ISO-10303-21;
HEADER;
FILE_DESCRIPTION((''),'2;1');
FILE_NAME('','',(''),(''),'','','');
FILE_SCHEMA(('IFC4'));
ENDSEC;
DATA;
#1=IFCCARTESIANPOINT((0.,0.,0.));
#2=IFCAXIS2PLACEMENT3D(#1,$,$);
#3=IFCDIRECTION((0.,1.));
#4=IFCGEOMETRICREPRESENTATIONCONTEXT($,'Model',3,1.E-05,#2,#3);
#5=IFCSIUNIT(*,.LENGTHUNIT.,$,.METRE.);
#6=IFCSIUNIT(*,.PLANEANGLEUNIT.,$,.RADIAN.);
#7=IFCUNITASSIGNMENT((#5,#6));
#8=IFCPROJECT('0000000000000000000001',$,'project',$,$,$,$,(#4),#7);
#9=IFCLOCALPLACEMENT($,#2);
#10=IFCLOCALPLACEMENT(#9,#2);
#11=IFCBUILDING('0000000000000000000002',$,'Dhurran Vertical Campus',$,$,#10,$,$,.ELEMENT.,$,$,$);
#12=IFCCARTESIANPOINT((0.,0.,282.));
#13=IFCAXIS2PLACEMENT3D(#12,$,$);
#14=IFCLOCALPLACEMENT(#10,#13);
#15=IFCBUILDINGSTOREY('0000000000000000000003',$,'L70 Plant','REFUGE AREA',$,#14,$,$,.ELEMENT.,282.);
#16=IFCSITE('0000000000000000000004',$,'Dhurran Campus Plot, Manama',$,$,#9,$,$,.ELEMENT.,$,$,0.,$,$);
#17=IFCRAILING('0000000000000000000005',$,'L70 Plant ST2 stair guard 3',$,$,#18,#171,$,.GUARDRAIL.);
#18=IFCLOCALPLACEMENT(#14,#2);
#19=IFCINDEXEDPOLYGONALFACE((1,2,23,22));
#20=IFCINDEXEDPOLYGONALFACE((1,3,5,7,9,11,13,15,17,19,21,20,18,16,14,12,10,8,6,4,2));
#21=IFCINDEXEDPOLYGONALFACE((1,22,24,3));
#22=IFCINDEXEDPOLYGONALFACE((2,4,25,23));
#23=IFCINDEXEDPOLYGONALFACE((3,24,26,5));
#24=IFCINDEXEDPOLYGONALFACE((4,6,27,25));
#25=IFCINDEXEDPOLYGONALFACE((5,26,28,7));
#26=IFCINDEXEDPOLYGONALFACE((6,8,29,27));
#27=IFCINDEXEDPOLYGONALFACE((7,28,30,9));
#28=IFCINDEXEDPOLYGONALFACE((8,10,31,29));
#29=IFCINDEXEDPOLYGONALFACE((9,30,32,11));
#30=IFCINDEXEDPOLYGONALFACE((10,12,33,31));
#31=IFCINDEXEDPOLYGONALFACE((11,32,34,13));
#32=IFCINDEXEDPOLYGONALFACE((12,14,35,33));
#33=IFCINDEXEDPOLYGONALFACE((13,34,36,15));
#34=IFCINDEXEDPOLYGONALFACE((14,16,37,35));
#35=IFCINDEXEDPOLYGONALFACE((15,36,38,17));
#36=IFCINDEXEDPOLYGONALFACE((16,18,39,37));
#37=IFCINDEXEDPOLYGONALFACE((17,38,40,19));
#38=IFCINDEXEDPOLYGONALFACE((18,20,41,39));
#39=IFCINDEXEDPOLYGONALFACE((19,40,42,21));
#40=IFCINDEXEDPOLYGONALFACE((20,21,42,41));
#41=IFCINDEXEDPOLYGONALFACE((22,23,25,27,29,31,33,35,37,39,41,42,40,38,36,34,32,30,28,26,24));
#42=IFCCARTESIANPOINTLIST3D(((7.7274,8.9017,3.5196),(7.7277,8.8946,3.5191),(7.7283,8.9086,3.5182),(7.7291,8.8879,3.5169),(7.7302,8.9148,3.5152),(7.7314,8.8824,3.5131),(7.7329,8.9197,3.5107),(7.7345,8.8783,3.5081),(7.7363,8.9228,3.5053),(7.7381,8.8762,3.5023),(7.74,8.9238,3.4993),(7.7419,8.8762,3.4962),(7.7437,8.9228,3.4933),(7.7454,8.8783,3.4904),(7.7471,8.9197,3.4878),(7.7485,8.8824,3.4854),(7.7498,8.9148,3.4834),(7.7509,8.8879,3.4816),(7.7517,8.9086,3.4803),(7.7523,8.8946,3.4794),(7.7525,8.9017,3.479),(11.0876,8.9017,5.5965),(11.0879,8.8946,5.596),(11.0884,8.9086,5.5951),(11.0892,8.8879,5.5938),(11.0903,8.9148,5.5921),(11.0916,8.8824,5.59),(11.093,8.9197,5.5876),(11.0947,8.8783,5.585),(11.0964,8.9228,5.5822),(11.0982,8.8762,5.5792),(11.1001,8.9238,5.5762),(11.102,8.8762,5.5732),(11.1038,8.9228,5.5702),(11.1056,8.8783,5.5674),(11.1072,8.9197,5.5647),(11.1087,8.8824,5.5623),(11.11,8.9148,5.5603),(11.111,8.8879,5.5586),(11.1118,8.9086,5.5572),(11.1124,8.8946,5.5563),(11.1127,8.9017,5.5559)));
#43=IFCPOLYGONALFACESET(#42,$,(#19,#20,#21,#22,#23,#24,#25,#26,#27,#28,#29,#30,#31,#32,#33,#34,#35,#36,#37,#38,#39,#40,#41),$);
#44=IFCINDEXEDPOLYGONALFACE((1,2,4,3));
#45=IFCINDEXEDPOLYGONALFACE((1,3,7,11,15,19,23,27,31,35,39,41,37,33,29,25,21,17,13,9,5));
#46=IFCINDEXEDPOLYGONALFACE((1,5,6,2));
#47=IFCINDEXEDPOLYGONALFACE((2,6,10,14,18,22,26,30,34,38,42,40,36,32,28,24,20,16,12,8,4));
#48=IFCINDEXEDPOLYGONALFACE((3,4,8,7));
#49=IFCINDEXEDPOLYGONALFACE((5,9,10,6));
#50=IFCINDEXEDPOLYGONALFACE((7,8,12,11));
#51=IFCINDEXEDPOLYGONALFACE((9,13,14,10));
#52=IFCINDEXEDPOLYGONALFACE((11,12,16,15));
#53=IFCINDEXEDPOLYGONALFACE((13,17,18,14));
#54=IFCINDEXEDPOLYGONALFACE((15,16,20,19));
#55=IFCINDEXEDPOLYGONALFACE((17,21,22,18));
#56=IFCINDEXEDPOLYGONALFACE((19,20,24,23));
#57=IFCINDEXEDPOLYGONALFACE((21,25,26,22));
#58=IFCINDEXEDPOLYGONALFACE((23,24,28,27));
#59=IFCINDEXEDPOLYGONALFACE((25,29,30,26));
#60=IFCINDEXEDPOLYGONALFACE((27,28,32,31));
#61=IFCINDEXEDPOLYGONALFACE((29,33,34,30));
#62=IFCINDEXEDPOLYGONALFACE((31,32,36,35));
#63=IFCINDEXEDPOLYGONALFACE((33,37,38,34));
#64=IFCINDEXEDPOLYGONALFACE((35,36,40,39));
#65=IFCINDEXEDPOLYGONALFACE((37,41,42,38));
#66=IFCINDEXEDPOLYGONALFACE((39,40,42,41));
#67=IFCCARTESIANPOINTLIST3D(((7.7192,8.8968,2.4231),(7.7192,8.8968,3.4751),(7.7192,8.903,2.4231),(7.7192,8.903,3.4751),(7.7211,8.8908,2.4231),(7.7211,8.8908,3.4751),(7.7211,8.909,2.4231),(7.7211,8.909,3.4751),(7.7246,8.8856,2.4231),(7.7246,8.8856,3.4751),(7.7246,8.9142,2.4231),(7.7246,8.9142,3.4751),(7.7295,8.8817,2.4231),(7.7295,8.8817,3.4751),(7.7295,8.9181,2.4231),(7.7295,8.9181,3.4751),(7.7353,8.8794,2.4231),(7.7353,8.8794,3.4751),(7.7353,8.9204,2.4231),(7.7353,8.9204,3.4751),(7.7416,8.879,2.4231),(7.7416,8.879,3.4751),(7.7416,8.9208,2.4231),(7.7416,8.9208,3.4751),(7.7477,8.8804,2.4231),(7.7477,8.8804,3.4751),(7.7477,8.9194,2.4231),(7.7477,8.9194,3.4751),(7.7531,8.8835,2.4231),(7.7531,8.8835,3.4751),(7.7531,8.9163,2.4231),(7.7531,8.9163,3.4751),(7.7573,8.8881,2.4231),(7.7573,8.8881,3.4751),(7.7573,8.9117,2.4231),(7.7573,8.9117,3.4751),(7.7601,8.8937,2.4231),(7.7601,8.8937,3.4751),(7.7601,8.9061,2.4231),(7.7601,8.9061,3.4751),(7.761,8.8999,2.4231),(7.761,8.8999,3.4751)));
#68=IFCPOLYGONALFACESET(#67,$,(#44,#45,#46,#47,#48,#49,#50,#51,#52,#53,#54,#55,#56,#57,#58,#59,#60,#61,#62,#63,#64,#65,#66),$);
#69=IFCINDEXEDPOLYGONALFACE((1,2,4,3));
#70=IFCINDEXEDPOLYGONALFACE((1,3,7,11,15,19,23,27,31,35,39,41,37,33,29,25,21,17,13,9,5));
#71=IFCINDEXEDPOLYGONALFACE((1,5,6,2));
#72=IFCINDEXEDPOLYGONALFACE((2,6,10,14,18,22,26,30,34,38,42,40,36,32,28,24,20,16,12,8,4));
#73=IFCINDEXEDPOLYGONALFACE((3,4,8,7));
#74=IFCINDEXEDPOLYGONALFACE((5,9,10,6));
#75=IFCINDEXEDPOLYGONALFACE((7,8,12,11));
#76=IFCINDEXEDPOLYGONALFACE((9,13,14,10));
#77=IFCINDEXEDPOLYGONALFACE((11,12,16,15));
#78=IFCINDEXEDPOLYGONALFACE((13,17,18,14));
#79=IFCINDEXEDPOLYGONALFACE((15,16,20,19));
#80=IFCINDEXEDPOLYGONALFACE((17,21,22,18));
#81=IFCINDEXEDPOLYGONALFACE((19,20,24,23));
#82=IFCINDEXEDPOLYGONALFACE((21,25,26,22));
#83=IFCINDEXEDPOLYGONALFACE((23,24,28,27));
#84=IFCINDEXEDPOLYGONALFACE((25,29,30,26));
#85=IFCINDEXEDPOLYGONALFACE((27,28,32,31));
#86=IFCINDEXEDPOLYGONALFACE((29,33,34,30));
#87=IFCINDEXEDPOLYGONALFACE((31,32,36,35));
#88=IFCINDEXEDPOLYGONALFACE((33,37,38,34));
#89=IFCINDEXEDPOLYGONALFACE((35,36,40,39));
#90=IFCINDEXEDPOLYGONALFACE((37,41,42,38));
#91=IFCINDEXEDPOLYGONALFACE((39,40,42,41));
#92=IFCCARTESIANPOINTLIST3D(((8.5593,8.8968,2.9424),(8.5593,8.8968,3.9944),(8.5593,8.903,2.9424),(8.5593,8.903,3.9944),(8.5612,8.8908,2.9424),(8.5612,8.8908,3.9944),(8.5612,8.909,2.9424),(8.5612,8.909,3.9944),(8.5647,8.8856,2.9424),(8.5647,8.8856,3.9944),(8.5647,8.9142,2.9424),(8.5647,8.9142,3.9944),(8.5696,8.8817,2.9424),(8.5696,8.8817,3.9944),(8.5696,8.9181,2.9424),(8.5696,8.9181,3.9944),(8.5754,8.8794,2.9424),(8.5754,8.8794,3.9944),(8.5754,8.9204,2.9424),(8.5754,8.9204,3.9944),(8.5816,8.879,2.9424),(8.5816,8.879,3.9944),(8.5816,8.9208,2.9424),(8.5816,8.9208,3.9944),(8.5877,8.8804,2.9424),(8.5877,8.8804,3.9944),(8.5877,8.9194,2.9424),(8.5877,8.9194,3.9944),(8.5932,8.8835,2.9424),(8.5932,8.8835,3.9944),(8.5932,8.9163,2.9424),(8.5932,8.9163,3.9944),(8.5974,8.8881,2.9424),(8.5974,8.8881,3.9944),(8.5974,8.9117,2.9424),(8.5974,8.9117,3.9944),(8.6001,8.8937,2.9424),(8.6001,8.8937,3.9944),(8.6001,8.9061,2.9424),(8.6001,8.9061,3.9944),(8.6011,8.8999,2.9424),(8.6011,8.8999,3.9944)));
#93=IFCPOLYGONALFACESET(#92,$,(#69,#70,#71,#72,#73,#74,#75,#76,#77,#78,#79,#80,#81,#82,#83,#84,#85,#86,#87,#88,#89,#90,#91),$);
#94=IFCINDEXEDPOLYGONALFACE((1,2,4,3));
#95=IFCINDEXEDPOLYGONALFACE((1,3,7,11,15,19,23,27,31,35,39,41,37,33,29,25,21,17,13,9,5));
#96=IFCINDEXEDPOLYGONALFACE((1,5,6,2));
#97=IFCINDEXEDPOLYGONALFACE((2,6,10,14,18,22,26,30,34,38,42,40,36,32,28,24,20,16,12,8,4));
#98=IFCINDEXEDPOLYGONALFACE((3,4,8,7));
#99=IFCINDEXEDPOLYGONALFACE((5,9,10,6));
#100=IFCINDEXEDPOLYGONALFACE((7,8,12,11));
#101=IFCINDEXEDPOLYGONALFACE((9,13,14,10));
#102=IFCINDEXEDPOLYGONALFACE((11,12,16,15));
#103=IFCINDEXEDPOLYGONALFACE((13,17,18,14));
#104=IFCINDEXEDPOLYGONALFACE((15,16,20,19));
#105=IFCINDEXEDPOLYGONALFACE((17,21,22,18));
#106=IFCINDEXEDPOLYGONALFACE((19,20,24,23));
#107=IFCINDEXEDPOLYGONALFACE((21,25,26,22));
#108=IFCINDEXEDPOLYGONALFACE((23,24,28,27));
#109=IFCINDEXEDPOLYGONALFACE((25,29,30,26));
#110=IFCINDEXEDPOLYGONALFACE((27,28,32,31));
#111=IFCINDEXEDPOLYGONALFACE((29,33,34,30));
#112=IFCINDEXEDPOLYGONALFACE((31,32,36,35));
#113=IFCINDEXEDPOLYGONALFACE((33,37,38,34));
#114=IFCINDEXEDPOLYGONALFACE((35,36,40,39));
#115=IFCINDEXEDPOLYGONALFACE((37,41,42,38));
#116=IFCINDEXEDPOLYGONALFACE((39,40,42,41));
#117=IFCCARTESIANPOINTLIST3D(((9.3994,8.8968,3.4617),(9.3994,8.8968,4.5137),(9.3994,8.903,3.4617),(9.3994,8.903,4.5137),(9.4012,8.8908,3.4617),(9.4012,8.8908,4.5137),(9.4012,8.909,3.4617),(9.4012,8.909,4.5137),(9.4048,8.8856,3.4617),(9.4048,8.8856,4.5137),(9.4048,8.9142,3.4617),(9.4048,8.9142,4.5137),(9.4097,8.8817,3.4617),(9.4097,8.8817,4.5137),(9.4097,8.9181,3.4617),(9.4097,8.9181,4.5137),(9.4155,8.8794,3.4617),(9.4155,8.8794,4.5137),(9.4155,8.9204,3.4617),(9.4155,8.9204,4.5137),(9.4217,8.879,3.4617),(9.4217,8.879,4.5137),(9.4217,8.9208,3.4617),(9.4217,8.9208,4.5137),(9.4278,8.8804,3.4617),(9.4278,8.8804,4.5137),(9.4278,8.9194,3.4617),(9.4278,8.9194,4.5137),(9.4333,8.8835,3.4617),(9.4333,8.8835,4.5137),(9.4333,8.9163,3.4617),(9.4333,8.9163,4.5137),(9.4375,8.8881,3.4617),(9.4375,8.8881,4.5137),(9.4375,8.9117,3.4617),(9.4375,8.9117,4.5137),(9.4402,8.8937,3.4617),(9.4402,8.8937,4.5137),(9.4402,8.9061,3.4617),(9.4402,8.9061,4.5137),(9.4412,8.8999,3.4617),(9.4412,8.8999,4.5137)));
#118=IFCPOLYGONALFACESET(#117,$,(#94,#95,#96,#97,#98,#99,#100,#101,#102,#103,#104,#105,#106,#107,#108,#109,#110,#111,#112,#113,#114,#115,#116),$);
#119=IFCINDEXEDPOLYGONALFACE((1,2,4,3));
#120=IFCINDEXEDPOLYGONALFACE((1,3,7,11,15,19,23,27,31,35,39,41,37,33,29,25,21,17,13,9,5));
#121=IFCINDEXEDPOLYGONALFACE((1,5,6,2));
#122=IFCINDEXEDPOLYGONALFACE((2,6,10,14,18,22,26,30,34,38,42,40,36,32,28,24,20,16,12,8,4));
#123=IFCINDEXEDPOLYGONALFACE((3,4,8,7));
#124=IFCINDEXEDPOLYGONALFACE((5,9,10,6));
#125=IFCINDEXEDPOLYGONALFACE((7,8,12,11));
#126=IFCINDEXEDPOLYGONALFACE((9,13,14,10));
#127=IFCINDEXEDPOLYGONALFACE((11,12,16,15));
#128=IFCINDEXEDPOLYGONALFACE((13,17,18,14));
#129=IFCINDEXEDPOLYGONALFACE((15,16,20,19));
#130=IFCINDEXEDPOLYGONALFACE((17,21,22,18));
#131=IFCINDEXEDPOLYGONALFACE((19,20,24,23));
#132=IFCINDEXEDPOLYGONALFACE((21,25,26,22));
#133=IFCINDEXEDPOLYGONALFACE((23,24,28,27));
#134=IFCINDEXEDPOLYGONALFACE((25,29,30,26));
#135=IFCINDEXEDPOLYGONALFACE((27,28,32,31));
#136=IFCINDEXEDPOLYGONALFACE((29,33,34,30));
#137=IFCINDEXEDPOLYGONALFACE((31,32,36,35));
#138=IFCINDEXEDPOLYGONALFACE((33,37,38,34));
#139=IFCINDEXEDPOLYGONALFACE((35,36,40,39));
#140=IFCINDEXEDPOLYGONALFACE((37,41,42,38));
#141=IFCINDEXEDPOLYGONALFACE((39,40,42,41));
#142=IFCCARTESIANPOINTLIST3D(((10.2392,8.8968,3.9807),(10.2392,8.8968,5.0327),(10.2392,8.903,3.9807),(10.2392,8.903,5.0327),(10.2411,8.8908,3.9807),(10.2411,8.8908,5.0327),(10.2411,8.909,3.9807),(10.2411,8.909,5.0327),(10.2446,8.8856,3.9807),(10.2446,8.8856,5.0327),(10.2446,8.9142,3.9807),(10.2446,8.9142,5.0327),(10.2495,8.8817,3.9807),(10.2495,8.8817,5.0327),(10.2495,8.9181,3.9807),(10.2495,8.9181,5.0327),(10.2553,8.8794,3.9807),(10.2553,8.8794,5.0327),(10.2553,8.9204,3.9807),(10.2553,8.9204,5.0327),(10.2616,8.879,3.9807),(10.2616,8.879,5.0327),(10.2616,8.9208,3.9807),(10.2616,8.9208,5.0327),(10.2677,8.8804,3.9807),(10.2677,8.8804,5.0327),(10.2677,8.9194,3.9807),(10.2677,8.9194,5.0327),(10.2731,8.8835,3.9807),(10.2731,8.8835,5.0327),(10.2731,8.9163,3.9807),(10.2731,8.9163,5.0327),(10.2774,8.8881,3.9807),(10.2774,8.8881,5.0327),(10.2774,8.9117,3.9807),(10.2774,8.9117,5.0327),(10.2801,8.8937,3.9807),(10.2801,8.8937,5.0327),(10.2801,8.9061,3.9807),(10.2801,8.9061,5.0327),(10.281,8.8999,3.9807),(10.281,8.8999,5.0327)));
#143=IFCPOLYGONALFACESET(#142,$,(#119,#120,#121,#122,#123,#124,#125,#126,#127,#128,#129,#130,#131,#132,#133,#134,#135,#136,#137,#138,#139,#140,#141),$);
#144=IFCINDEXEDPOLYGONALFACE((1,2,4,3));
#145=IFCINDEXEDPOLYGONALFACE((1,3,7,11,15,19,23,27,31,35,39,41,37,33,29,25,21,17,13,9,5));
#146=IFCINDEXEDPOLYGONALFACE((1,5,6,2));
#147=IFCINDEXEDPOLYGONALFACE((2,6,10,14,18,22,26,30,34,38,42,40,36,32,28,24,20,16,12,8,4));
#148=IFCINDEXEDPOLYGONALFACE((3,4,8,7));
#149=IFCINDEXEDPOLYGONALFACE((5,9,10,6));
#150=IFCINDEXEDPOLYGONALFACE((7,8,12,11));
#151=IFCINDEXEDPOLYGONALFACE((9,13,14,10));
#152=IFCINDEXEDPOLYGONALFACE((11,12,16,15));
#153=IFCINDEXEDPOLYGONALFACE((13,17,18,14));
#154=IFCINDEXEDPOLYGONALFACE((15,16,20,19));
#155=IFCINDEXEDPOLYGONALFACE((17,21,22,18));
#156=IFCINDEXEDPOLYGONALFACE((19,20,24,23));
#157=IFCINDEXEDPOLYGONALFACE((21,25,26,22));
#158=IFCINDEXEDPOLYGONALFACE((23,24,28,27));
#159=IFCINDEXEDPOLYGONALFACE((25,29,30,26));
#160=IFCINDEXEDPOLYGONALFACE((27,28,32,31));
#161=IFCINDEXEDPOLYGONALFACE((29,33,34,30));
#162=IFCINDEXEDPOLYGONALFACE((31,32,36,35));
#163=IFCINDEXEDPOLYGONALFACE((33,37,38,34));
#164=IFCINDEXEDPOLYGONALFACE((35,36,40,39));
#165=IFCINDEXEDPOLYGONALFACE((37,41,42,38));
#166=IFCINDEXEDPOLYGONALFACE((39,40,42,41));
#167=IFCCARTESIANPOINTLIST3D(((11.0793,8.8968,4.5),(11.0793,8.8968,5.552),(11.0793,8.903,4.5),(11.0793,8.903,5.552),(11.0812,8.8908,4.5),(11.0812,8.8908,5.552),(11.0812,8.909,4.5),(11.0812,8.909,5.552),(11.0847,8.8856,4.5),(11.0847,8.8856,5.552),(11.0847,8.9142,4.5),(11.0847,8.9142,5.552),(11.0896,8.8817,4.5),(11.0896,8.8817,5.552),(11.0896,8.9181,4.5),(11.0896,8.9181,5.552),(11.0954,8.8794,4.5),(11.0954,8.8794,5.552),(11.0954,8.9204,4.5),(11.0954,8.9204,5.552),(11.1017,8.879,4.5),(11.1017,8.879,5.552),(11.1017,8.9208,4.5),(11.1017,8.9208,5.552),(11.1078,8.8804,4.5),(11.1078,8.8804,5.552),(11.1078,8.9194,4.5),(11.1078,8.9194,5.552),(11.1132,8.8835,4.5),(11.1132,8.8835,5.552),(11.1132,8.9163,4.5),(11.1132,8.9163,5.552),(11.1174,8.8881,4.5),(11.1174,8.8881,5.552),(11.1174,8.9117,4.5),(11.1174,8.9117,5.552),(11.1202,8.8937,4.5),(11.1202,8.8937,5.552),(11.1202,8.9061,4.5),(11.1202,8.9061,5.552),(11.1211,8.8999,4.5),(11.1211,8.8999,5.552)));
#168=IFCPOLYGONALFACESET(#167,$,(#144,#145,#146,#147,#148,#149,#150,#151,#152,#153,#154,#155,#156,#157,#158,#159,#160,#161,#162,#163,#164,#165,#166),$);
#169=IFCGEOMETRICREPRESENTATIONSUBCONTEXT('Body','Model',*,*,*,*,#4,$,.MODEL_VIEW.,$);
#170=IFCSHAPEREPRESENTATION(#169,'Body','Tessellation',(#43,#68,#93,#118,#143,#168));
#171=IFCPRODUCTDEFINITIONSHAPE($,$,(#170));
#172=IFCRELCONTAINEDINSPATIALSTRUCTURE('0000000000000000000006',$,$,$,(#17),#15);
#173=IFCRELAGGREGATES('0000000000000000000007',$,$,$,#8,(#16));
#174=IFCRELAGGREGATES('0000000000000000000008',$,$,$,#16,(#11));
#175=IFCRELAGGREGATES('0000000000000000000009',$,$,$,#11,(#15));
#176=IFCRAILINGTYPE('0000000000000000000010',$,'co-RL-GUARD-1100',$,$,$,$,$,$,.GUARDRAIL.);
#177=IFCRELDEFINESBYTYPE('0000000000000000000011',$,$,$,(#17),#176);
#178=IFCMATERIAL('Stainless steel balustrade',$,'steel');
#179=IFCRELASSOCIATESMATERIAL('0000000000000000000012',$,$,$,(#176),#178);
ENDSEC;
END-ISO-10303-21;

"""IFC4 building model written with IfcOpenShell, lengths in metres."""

from ifc_helpers import new_model, si_unit, direction, frame, origin, origin_2d, place, context, subcontext, project, spatial, circle, extrude, material, type_object, element, save


model = new_model("IFC4")

# Units and contexts
model_context = context("Model", 3, precision=1e-05, world=origin(), true_north=direction((0.0, 1.0)))
body_context = subcontext(model_context, "Body", "Model", "MODEL_VIEW")
ifc_project = project(units=[si_unit("LENGTHUNIT", "METRE"), si_unit("PLANEANGLEUNIT", "RADIAN")], contexts=[model_context])

# Site, building, storey
site_placement = place(None, origin())
site = spatial("IfcSite", under=ifc_project, at=site_placement, Name="Dhurran Campus Plot, Manama", CompositionType="ELEMENT", RefElevation=0.0)
building_placement = place(site_placement, origin())
building = spatial("IfcBuilding", under=site, at=building_placement, Name="Dhurran Vertical Campus", CompositionType="ELEMENT")
storey_placement = place(building_placement, frame((0.0, 0.0, 282.0)))
storey = spatial("IfcBuildingStorey", under=building, at=storey_placement, Name="L70 Plant", Description="REFUGE AREA", CompositionType="ELEMENT", Elevation=282.0)

# Railing
ifc_material_1 = material(Name="Stainless steel balustrade", Category="steel")
railing_type_1 = type_object("IfcRailingType", Name="co-RL-GUARD-1100", PredefinedType="GUARDRAIL", material=ifc_material_1)
railing_1_placement = place(storey_placement, frame((7.74, 8.8999, 2.4231)))
element("IfcRailing", 1, at=railing_1_placement, inside=storey, type_object=railing_type_1, Name="L70 Plant ST2 stair guard 3", PredefinedType="GUARDRAIL", context=body_context, shape_type="SweptSolid", body=[
    extrude(circle(Radius=0.0239, at=origin_2d()), frame((0.0, 0.0, 1.0762), z_axis=(0.850623, 0.0, 0.525776), x_axis=(0.0, 1.0, 0.0)), (0.0, 0.0, 1.0), 3.9502),
    extrude(circle(Radius=0.021, at=origin_2d()), origin(), (0.0, 0.0, 1.0), 1.052),
    extrude(circle(Radius=0.021, at=origin_2d()), frame((0.8401, 0.0, 0.5193)), (0.0, 0.0, 1.0), 1.052),
    extrude(circle(Radius=0.021, at=origin_2d()), frame((1.6802, 0.0, 1.0386)), (0.0, 0.0, 1.0), 1.052),
    extrude(circle(Radius=0.021, at=origin_2d()), frame((2.52, 0.0, 1.5576)), (0.0, 0.0, 1.0), 1.052),
    extrude(circle(Radius=0.021, at=origin_2d()), frame((3.3601, 0.0, 2.0769)), (0.0, 0.0, 1.0), 1.052),
])

save(model, "model.ifc")
